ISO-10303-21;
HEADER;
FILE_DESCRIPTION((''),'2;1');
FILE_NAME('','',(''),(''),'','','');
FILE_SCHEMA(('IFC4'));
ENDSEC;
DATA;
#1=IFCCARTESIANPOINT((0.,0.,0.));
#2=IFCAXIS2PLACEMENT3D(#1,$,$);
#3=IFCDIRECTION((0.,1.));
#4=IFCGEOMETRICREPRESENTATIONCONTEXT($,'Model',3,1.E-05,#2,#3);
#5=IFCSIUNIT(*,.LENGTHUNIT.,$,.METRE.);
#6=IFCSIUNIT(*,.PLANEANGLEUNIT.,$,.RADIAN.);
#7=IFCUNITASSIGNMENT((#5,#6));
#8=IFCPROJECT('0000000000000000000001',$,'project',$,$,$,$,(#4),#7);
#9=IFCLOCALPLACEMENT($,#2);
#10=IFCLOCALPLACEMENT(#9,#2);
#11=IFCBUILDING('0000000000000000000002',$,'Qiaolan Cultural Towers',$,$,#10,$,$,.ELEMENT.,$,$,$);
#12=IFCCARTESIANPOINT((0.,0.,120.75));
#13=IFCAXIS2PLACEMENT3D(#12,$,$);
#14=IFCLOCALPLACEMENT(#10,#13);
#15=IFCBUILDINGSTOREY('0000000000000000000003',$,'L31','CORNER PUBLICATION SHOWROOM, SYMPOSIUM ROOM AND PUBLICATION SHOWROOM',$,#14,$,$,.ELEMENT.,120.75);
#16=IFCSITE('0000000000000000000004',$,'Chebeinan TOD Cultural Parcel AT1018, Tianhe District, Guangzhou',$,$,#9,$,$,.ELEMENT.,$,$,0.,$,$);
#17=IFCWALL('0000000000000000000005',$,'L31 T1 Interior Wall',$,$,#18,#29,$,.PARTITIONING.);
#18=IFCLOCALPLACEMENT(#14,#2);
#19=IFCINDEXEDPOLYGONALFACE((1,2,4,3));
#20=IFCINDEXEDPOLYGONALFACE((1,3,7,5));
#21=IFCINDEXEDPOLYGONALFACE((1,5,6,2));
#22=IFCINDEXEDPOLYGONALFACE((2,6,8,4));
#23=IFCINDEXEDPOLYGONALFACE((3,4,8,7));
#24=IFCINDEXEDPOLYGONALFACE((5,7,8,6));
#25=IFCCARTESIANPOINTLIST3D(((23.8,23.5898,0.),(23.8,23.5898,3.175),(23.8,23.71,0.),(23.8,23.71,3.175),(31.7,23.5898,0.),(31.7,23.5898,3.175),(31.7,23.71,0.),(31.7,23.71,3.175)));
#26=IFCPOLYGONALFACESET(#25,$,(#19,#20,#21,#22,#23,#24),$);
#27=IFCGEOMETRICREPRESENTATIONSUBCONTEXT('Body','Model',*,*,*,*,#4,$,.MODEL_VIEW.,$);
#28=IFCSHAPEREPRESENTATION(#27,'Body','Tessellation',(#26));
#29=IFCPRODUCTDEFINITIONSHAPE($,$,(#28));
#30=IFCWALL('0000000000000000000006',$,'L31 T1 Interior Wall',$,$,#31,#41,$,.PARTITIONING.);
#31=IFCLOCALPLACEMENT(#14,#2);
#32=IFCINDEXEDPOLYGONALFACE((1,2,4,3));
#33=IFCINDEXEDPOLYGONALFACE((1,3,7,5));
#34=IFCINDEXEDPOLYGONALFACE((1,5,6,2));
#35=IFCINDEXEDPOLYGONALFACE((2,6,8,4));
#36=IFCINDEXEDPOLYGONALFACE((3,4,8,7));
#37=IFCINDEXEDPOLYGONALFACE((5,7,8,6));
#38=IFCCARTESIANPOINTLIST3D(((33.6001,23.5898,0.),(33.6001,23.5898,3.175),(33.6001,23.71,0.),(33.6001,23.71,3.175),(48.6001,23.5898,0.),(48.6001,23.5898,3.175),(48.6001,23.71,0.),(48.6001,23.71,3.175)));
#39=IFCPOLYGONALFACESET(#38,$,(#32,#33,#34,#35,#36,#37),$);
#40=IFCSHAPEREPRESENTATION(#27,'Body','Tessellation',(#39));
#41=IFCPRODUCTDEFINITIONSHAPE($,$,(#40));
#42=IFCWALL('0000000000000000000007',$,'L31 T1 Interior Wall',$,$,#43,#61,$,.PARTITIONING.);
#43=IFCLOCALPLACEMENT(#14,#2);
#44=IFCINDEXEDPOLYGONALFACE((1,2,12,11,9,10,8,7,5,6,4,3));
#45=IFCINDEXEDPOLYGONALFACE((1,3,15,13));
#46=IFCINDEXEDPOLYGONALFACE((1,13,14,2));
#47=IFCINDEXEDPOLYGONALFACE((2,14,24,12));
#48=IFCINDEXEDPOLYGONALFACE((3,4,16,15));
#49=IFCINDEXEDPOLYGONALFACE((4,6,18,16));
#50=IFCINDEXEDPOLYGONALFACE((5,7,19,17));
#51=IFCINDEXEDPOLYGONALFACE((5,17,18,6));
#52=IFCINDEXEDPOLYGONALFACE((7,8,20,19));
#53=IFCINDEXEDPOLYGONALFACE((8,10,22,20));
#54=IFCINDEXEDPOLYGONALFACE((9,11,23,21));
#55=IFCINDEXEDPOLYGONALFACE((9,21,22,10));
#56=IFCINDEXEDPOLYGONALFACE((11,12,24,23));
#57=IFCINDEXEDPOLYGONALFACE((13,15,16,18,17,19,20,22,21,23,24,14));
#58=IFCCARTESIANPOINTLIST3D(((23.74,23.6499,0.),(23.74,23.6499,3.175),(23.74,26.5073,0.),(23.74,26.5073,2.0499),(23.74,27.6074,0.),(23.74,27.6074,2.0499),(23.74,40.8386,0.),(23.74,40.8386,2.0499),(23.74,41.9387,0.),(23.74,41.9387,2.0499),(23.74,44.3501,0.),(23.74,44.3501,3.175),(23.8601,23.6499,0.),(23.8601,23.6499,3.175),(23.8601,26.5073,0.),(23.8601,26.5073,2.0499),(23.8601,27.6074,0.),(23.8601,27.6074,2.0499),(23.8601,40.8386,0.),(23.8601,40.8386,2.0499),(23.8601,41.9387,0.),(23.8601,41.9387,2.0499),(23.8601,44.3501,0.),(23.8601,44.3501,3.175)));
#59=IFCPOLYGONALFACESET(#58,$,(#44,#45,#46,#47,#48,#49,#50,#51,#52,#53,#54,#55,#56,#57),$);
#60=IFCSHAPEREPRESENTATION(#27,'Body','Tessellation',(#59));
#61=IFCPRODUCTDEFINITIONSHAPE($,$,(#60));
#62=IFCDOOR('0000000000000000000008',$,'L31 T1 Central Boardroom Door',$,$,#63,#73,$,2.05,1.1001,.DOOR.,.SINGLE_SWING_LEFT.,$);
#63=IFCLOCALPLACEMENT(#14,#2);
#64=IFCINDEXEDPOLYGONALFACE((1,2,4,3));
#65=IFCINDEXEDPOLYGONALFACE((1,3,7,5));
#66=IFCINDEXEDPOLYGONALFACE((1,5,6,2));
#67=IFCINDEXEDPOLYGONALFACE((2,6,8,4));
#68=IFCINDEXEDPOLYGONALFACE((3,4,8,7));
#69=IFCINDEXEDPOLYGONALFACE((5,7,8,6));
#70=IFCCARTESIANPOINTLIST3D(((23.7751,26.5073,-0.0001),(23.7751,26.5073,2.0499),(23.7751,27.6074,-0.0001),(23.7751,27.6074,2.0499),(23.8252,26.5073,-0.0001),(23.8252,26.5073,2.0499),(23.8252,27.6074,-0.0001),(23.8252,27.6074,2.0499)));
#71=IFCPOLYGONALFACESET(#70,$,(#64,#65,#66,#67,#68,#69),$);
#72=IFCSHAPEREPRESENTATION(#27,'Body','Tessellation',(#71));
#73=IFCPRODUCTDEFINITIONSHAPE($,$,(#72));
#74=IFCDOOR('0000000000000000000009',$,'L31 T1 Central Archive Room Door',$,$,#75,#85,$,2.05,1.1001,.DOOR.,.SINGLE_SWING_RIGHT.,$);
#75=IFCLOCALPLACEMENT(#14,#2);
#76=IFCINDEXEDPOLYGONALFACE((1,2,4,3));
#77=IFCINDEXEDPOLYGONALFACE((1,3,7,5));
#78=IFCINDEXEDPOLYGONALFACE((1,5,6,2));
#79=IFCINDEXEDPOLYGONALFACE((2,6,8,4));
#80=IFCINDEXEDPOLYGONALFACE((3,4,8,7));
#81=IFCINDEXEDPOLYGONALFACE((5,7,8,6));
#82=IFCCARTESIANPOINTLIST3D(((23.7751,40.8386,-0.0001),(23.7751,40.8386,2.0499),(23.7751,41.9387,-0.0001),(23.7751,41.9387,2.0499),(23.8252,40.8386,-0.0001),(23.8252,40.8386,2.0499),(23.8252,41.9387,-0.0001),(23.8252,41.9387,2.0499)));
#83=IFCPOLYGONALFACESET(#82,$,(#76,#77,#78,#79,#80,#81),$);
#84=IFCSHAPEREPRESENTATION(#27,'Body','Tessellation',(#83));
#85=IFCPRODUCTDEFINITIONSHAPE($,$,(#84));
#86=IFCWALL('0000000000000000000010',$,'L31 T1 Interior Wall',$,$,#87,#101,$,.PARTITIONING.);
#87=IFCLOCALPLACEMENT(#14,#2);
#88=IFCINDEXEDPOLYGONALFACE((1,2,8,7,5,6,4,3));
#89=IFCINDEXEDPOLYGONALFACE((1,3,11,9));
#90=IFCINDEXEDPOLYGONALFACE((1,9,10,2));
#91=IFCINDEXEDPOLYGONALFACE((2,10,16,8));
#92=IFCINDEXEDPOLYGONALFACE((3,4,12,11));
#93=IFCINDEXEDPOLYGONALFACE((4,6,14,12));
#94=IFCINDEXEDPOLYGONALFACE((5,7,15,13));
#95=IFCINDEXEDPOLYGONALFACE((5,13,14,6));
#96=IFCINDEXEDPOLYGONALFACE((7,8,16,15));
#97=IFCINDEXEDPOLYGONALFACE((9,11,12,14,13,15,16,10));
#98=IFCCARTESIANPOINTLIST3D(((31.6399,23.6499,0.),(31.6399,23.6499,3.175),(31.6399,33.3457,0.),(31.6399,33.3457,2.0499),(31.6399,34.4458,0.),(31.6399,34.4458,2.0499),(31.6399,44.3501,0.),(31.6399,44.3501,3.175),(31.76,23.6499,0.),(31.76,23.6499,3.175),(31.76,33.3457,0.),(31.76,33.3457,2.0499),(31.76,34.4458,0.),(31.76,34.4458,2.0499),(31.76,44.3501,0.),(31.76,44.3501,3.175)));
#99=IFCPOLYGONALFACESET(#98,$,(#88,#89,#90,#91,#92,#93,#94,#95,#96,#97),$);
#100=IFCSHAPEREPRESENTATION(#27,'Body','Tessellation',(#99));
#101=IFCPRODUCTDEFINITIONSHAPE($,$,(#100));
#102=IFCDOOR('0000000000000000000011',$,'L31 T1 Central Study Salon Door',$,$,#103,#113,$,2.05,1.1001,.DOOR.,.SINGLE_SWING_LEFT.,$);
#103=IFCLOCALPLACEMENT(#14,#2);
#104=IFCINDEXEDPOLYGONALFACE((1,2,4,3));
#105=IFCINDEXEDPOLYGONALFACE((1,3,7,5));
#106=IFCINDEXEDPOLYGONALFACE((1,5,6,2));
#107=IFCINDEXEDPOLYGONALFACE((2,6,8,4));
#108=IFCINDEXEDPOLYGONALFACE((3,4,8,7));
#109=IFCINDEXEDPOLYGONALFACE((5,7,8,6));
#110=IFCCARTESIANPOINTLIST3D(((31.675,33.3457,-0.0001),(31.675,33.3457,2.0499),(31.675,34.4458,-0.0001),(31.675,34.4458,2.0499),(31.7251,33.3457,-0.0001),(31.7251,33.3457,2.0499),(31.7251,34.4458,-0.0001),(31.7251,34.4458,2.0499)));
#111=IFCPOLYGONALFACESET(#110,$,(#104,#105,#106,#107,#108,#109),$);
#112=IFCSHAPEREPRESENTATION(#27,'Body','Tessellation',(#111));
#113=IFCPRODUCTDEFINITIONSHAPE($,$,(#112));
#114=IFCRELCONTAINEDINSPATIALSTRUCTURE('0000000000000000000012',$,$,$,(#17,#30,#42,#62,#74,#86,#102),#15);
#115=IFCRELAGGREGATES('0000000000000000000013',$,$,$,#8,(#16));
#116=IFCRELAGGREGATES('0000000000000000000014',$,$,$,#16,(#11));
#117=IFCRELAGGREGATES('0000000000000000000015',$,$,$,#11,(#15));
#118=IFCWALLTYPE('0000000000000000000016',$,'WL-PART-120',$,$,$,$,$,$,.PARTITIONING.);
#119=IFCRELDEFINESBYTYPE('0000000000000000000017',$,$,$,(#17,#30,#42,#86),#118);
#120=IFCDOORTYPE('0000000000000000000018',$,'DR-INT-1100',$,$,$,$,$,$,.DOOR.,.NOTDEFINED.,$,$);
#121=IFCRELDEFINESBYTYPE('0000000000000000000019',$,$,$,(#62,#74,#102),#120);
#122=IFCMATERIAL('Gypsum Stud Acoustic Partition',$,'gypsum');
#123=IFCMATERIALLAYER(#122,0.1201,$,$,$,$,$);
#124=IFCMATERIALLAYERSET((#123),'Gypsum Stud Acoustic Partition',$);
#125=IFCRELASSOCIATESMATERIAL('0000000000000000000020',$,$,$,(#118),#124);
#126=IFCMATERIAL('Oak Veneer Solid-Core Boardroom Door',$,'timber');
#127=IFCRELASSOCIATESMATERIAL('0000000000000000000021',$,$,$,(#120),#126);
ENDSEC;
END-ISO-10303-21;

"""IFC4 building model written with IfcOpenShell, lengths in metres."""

from ifc_helpers import new_model, si_unit, direction, frame, frame_2d, origin, place, context, subcontext, project, spatial, rectangle, extrude, material, layer, layer_set, type_object, element, fill, save


model = new_model("IFC4")

# Units and contexts
model_context = context("Model", 3, precision=1e-05, world=origin(), true_north=direction((0.0, 1.0)))
body_context = subcontext(model_context, "Body", "Model", "MODEL_VIEW")
ifc_project = project(units=[si_unit("LENGTHUNIT", "METRE"), si_unit("PLANEANGLEUNIT", "RADIAN")], contexts=[model_context])

# Site, building, storey
site_placement = place(None, origin())
site = spatial("IfcSite", under=ifc_project, at=site_placement, Name="Chebeinan TOD Cultural Parcel AT1018, Tianhe District, Guangzhou", CompositionType="ELEMENT", RefElevation=0.0)
building_placement = place(site_placement, origin())
building = spatial("IfcBuilding", under=site, at=building_placement, Name="Qiaolan Cultural Towers", CompositionType="ELEMENT")
storey_placement = place(building_placement, frame((0.0, 0.0, 120.75)))
storey = spatial("IfcBuildingStorey", under=building, at=storey_placement, Name="L31", Description="CORNER PUBLICATION SHOWROOM, SYMPOSIUM ROOM AND PUBLICATION SHOWROOM", CompositionType="ELEMENT", Elevation=120.75)

# Walls
ifc_material_1 = material(Name="Gypsum Stud Acoustic Partition", Category="gypsum")
ifc_layer_1 = layer(ifc_material_1, 0.1201)
ifc_layer_set_1 = layer_set([ifc_layer_1], Name="Gypsum Stud Acoustic Partition")
wall_type_1 = type_object("IfcWallType", Name="WL-PART-120", PredefinedType="PARTITIONING", material=ifc_layer_set_1)
wall_1_placement = place(storey_placement, frame((23.8, 23.6499, 0.0), z_axis=(0.0, 0.0, 1.0), x_axis=(1.0, 0.0, 0.0)))
element("IfcWall", 1, at=wall_1_placement, inside=storey, type_object=wall_type_1, Name="L31 T1 Interior Wall", PredefinedType="PARTITIONING", context=body_context, shape_type="SweptSolid", body=[
    extrude(rectangle(XDim=7.8999, YDim=0.1201, at=frame_2d((3.95, 0.0))), origin(), (0.0, 0.0, 1.0), 3.175),
])
wall_2_placement = place(storey_placement, frame((33.6001, 23.6499, 0.0), z_axis=(0.0, 0.0, 1.0), x_axis=(1.0, 0.0, 0.0)))
element("IfcWall", 2, at=wall_2_placement, inside=storey, type_object=wall_type_1, Name="L31 T1 Interior Wall", PredefinedType="PARTITIONING", context=body_context, shape_type="SweptSolid", body=[
    extrude(rectangle(XDim=15.0, YDim=0.1201, at=frame_2d((7.5, 0.0))), origin(), (0.0, 0.0, 1.0), 3.175),
])

# Wall, openings, doors
wall_3_placement = place(storey_placement, frame((23.8, 23.6499, 0.0), z_axis=(0.0, 0.0, 1.0), x_axis=(0.0, 1.0, 0.0)))
wall_3 = element("IfcWall", 3, at=wall_3_placement, inside=storey, type_object=wall_type_1, Name="L31 T1 Interior Wall", PredefinedType="PARTITIONING", context=body_context, shape_type="SweptSolid", body=[
    extrude(rectangle(XDim=20.7002, YDim=0.1201, at=frame_2d((10.3501, 0.0))), origin(), (0.0, 0.0, 1.0), 3.175),
])
opening_1_placement = place(wall_3_placement, frame((2.8574, 0.0, 0.0)))
opening_1 = element("IfcOpeningElement", 4, at=opening_1_placement, cuts=wall_3, PredefinedType="OPENING", context=body_context, shape_type="SweptSolid", body=[
    extrude(rectangle(XDim=1.1001, YDim=2.05, at=frame_2d((0.55, 1.0249))), frame((0.0, 0.0701, 0.0), z_axis=(0.0, -1.0, 0.0), x_axis=(1.0, 0.0, 0.0)), (0.0, 0.0, 1.0), 0.1401),
])
opening_2_placement = place(wall_3_placement, frame((17.1887, 0.0, 0.0)))
opening_2 = element("IfcOpeningElement", 5, at=opening_2_placement, cuts=wall_3, PredefinedType="OPENING", context=body_context, shape_type="SweptSolid", body=[
    extrude(rectangle(XDim=1.1001, YDim=2.05, at=frame_2d((0.55, 1.0249))), frame((0.0, 0.0701, 0.0), z_axis=(0.0, -1.0, 0.0), x_axis=(1.0, 0.0, 0.0)), (0.0, 0.0, 1.0), 0.1401),
])
ifc_material_2 = material(Name="Oak Veneer Solid-Core Boardroom Door", Category="timber")
door_type_1 = type_object("IfcDoorType", Name="DR-INT-1100", OperationType="NOTDEFINED", PredefinedType="DOOR", material=ifc_material_2)
door_1_placement = place(opening_1_placement, origin())
door_1 = element("IfcDoor", 6, at=door_1_placement, inside=storey, type_object=door_type_1, Name="L31 T1 Central Boardroom Door", OperationType="SINGLE_SWING_LEFT", OverallHeight=2.05, OverallWidth=1.1001, PredefinedType="DOOR", context=body_context, shape_type="SweptSolid", body=[
    extrude(rectangle(XDim=1.1001, YDim=2.05, at=frame_2d((0.55, 1.0249))), frame((0.0, 0.0249, 0.0), z_axis=(0.0, -1.0, 0.0), x_axis=(1.0, 0.0, 0.0)), (0.0, 0.0, 1.0), 0.05),
])
fill(opening_1, door_1)
door_2_placement = place(opening_2_placement, origin())
door_2 = element("IfcDoor", 7, at=door_2_placement, inside=storey, type_object=door_type_1, Name="L31 T1 Central Archive Room Door", OperationType="SINGLE_SWING_RIGHT", OverallHeight=2.05, OverallWidth=1.1001, PredefinedType="DOOR", context=body_context, shape_type="SweptSolid", body=[
    extrude(rectangle(XDim=1.1001, YDim=2.05, at=frame_2d((0.55, 1.0249))), frame((0.0, 0.0249, 0.0), z_axis=(0.0, -1.0, 0.0), x_axis=(1.0, 0.0, 0.0)), (0.0, 0.0, 1.0), 0.05),
])
fill(opening_2, door_2)

# Wall, opening, door
wall_4_placement = place(storey_placement, frame((31.7, 23.6499, 0.0), z_axis=(0.0, 0.0, 1.0), x_axis=(0.0, 1.0, 0.0)))
wall_4 = element("IfcWall", 8, at=wall_4_placement, inside=storey, type_object=wall_type_1, Name="L31 T1 Interior Wall", PredefinedType="PARTITIONING", context=body_context, shape_type="SweptSolid", body=[
    extrude(rectangle(XDim=20.7002, YDim=0.1201, at=frame_2d((10.3501, 0.0))), origin(), (0.0, 0.0, 1.0), 3.175),
])
opening_3_placement = place(wall_4_placement, frame((9.6958, 0.0, 0.0)))
opening_3 = element("IfcOpeningElement", 9, at=opening_3_placement, cuts=wall_4, PredefinedType="OPENING", context=body_context, shape_type="SweptSolid", body=[
    extrude(rectangle(XDim=1.1001, YDim=2.05, at=frame_2d((0.55, 1.0249))), frame((0.0, 0.0701, 0.0), z_axis=(0.0, -1.0, 0.0), x_axis=(1.0, 0.0, 0.0)), (0.0, 0.0, 1.0), 0.1401),
])
door_3_placement = place(opening_3_placement, origin())
door_3 = element("IfcDoor", 10, at=door_3_placement, inside=storey, type_object=door_type_1, Name="L31 T1 Central Study Salon Door", OperationType="SINGLE_SWING_LEFT", OverallHeight=2.05, OverallWidth=1.1001, PredefinedType="DOOR", context=body_context, shape_type="SweptSolid", body=[
    extrude(rectangle(XDim=1.1001, YDim=2.05, at=frame_2d((0.55, 1.0249))), frame((0.0, 0.0249, 0.0), z_axis=(0.0, -1.0, 0.0), x_axis=(1.0, 0.0, 0.0)), (0.0, 0.0, 1.0), 0.05),
])
fill(opening_3, door_3)

save(model, "model.ifc")
